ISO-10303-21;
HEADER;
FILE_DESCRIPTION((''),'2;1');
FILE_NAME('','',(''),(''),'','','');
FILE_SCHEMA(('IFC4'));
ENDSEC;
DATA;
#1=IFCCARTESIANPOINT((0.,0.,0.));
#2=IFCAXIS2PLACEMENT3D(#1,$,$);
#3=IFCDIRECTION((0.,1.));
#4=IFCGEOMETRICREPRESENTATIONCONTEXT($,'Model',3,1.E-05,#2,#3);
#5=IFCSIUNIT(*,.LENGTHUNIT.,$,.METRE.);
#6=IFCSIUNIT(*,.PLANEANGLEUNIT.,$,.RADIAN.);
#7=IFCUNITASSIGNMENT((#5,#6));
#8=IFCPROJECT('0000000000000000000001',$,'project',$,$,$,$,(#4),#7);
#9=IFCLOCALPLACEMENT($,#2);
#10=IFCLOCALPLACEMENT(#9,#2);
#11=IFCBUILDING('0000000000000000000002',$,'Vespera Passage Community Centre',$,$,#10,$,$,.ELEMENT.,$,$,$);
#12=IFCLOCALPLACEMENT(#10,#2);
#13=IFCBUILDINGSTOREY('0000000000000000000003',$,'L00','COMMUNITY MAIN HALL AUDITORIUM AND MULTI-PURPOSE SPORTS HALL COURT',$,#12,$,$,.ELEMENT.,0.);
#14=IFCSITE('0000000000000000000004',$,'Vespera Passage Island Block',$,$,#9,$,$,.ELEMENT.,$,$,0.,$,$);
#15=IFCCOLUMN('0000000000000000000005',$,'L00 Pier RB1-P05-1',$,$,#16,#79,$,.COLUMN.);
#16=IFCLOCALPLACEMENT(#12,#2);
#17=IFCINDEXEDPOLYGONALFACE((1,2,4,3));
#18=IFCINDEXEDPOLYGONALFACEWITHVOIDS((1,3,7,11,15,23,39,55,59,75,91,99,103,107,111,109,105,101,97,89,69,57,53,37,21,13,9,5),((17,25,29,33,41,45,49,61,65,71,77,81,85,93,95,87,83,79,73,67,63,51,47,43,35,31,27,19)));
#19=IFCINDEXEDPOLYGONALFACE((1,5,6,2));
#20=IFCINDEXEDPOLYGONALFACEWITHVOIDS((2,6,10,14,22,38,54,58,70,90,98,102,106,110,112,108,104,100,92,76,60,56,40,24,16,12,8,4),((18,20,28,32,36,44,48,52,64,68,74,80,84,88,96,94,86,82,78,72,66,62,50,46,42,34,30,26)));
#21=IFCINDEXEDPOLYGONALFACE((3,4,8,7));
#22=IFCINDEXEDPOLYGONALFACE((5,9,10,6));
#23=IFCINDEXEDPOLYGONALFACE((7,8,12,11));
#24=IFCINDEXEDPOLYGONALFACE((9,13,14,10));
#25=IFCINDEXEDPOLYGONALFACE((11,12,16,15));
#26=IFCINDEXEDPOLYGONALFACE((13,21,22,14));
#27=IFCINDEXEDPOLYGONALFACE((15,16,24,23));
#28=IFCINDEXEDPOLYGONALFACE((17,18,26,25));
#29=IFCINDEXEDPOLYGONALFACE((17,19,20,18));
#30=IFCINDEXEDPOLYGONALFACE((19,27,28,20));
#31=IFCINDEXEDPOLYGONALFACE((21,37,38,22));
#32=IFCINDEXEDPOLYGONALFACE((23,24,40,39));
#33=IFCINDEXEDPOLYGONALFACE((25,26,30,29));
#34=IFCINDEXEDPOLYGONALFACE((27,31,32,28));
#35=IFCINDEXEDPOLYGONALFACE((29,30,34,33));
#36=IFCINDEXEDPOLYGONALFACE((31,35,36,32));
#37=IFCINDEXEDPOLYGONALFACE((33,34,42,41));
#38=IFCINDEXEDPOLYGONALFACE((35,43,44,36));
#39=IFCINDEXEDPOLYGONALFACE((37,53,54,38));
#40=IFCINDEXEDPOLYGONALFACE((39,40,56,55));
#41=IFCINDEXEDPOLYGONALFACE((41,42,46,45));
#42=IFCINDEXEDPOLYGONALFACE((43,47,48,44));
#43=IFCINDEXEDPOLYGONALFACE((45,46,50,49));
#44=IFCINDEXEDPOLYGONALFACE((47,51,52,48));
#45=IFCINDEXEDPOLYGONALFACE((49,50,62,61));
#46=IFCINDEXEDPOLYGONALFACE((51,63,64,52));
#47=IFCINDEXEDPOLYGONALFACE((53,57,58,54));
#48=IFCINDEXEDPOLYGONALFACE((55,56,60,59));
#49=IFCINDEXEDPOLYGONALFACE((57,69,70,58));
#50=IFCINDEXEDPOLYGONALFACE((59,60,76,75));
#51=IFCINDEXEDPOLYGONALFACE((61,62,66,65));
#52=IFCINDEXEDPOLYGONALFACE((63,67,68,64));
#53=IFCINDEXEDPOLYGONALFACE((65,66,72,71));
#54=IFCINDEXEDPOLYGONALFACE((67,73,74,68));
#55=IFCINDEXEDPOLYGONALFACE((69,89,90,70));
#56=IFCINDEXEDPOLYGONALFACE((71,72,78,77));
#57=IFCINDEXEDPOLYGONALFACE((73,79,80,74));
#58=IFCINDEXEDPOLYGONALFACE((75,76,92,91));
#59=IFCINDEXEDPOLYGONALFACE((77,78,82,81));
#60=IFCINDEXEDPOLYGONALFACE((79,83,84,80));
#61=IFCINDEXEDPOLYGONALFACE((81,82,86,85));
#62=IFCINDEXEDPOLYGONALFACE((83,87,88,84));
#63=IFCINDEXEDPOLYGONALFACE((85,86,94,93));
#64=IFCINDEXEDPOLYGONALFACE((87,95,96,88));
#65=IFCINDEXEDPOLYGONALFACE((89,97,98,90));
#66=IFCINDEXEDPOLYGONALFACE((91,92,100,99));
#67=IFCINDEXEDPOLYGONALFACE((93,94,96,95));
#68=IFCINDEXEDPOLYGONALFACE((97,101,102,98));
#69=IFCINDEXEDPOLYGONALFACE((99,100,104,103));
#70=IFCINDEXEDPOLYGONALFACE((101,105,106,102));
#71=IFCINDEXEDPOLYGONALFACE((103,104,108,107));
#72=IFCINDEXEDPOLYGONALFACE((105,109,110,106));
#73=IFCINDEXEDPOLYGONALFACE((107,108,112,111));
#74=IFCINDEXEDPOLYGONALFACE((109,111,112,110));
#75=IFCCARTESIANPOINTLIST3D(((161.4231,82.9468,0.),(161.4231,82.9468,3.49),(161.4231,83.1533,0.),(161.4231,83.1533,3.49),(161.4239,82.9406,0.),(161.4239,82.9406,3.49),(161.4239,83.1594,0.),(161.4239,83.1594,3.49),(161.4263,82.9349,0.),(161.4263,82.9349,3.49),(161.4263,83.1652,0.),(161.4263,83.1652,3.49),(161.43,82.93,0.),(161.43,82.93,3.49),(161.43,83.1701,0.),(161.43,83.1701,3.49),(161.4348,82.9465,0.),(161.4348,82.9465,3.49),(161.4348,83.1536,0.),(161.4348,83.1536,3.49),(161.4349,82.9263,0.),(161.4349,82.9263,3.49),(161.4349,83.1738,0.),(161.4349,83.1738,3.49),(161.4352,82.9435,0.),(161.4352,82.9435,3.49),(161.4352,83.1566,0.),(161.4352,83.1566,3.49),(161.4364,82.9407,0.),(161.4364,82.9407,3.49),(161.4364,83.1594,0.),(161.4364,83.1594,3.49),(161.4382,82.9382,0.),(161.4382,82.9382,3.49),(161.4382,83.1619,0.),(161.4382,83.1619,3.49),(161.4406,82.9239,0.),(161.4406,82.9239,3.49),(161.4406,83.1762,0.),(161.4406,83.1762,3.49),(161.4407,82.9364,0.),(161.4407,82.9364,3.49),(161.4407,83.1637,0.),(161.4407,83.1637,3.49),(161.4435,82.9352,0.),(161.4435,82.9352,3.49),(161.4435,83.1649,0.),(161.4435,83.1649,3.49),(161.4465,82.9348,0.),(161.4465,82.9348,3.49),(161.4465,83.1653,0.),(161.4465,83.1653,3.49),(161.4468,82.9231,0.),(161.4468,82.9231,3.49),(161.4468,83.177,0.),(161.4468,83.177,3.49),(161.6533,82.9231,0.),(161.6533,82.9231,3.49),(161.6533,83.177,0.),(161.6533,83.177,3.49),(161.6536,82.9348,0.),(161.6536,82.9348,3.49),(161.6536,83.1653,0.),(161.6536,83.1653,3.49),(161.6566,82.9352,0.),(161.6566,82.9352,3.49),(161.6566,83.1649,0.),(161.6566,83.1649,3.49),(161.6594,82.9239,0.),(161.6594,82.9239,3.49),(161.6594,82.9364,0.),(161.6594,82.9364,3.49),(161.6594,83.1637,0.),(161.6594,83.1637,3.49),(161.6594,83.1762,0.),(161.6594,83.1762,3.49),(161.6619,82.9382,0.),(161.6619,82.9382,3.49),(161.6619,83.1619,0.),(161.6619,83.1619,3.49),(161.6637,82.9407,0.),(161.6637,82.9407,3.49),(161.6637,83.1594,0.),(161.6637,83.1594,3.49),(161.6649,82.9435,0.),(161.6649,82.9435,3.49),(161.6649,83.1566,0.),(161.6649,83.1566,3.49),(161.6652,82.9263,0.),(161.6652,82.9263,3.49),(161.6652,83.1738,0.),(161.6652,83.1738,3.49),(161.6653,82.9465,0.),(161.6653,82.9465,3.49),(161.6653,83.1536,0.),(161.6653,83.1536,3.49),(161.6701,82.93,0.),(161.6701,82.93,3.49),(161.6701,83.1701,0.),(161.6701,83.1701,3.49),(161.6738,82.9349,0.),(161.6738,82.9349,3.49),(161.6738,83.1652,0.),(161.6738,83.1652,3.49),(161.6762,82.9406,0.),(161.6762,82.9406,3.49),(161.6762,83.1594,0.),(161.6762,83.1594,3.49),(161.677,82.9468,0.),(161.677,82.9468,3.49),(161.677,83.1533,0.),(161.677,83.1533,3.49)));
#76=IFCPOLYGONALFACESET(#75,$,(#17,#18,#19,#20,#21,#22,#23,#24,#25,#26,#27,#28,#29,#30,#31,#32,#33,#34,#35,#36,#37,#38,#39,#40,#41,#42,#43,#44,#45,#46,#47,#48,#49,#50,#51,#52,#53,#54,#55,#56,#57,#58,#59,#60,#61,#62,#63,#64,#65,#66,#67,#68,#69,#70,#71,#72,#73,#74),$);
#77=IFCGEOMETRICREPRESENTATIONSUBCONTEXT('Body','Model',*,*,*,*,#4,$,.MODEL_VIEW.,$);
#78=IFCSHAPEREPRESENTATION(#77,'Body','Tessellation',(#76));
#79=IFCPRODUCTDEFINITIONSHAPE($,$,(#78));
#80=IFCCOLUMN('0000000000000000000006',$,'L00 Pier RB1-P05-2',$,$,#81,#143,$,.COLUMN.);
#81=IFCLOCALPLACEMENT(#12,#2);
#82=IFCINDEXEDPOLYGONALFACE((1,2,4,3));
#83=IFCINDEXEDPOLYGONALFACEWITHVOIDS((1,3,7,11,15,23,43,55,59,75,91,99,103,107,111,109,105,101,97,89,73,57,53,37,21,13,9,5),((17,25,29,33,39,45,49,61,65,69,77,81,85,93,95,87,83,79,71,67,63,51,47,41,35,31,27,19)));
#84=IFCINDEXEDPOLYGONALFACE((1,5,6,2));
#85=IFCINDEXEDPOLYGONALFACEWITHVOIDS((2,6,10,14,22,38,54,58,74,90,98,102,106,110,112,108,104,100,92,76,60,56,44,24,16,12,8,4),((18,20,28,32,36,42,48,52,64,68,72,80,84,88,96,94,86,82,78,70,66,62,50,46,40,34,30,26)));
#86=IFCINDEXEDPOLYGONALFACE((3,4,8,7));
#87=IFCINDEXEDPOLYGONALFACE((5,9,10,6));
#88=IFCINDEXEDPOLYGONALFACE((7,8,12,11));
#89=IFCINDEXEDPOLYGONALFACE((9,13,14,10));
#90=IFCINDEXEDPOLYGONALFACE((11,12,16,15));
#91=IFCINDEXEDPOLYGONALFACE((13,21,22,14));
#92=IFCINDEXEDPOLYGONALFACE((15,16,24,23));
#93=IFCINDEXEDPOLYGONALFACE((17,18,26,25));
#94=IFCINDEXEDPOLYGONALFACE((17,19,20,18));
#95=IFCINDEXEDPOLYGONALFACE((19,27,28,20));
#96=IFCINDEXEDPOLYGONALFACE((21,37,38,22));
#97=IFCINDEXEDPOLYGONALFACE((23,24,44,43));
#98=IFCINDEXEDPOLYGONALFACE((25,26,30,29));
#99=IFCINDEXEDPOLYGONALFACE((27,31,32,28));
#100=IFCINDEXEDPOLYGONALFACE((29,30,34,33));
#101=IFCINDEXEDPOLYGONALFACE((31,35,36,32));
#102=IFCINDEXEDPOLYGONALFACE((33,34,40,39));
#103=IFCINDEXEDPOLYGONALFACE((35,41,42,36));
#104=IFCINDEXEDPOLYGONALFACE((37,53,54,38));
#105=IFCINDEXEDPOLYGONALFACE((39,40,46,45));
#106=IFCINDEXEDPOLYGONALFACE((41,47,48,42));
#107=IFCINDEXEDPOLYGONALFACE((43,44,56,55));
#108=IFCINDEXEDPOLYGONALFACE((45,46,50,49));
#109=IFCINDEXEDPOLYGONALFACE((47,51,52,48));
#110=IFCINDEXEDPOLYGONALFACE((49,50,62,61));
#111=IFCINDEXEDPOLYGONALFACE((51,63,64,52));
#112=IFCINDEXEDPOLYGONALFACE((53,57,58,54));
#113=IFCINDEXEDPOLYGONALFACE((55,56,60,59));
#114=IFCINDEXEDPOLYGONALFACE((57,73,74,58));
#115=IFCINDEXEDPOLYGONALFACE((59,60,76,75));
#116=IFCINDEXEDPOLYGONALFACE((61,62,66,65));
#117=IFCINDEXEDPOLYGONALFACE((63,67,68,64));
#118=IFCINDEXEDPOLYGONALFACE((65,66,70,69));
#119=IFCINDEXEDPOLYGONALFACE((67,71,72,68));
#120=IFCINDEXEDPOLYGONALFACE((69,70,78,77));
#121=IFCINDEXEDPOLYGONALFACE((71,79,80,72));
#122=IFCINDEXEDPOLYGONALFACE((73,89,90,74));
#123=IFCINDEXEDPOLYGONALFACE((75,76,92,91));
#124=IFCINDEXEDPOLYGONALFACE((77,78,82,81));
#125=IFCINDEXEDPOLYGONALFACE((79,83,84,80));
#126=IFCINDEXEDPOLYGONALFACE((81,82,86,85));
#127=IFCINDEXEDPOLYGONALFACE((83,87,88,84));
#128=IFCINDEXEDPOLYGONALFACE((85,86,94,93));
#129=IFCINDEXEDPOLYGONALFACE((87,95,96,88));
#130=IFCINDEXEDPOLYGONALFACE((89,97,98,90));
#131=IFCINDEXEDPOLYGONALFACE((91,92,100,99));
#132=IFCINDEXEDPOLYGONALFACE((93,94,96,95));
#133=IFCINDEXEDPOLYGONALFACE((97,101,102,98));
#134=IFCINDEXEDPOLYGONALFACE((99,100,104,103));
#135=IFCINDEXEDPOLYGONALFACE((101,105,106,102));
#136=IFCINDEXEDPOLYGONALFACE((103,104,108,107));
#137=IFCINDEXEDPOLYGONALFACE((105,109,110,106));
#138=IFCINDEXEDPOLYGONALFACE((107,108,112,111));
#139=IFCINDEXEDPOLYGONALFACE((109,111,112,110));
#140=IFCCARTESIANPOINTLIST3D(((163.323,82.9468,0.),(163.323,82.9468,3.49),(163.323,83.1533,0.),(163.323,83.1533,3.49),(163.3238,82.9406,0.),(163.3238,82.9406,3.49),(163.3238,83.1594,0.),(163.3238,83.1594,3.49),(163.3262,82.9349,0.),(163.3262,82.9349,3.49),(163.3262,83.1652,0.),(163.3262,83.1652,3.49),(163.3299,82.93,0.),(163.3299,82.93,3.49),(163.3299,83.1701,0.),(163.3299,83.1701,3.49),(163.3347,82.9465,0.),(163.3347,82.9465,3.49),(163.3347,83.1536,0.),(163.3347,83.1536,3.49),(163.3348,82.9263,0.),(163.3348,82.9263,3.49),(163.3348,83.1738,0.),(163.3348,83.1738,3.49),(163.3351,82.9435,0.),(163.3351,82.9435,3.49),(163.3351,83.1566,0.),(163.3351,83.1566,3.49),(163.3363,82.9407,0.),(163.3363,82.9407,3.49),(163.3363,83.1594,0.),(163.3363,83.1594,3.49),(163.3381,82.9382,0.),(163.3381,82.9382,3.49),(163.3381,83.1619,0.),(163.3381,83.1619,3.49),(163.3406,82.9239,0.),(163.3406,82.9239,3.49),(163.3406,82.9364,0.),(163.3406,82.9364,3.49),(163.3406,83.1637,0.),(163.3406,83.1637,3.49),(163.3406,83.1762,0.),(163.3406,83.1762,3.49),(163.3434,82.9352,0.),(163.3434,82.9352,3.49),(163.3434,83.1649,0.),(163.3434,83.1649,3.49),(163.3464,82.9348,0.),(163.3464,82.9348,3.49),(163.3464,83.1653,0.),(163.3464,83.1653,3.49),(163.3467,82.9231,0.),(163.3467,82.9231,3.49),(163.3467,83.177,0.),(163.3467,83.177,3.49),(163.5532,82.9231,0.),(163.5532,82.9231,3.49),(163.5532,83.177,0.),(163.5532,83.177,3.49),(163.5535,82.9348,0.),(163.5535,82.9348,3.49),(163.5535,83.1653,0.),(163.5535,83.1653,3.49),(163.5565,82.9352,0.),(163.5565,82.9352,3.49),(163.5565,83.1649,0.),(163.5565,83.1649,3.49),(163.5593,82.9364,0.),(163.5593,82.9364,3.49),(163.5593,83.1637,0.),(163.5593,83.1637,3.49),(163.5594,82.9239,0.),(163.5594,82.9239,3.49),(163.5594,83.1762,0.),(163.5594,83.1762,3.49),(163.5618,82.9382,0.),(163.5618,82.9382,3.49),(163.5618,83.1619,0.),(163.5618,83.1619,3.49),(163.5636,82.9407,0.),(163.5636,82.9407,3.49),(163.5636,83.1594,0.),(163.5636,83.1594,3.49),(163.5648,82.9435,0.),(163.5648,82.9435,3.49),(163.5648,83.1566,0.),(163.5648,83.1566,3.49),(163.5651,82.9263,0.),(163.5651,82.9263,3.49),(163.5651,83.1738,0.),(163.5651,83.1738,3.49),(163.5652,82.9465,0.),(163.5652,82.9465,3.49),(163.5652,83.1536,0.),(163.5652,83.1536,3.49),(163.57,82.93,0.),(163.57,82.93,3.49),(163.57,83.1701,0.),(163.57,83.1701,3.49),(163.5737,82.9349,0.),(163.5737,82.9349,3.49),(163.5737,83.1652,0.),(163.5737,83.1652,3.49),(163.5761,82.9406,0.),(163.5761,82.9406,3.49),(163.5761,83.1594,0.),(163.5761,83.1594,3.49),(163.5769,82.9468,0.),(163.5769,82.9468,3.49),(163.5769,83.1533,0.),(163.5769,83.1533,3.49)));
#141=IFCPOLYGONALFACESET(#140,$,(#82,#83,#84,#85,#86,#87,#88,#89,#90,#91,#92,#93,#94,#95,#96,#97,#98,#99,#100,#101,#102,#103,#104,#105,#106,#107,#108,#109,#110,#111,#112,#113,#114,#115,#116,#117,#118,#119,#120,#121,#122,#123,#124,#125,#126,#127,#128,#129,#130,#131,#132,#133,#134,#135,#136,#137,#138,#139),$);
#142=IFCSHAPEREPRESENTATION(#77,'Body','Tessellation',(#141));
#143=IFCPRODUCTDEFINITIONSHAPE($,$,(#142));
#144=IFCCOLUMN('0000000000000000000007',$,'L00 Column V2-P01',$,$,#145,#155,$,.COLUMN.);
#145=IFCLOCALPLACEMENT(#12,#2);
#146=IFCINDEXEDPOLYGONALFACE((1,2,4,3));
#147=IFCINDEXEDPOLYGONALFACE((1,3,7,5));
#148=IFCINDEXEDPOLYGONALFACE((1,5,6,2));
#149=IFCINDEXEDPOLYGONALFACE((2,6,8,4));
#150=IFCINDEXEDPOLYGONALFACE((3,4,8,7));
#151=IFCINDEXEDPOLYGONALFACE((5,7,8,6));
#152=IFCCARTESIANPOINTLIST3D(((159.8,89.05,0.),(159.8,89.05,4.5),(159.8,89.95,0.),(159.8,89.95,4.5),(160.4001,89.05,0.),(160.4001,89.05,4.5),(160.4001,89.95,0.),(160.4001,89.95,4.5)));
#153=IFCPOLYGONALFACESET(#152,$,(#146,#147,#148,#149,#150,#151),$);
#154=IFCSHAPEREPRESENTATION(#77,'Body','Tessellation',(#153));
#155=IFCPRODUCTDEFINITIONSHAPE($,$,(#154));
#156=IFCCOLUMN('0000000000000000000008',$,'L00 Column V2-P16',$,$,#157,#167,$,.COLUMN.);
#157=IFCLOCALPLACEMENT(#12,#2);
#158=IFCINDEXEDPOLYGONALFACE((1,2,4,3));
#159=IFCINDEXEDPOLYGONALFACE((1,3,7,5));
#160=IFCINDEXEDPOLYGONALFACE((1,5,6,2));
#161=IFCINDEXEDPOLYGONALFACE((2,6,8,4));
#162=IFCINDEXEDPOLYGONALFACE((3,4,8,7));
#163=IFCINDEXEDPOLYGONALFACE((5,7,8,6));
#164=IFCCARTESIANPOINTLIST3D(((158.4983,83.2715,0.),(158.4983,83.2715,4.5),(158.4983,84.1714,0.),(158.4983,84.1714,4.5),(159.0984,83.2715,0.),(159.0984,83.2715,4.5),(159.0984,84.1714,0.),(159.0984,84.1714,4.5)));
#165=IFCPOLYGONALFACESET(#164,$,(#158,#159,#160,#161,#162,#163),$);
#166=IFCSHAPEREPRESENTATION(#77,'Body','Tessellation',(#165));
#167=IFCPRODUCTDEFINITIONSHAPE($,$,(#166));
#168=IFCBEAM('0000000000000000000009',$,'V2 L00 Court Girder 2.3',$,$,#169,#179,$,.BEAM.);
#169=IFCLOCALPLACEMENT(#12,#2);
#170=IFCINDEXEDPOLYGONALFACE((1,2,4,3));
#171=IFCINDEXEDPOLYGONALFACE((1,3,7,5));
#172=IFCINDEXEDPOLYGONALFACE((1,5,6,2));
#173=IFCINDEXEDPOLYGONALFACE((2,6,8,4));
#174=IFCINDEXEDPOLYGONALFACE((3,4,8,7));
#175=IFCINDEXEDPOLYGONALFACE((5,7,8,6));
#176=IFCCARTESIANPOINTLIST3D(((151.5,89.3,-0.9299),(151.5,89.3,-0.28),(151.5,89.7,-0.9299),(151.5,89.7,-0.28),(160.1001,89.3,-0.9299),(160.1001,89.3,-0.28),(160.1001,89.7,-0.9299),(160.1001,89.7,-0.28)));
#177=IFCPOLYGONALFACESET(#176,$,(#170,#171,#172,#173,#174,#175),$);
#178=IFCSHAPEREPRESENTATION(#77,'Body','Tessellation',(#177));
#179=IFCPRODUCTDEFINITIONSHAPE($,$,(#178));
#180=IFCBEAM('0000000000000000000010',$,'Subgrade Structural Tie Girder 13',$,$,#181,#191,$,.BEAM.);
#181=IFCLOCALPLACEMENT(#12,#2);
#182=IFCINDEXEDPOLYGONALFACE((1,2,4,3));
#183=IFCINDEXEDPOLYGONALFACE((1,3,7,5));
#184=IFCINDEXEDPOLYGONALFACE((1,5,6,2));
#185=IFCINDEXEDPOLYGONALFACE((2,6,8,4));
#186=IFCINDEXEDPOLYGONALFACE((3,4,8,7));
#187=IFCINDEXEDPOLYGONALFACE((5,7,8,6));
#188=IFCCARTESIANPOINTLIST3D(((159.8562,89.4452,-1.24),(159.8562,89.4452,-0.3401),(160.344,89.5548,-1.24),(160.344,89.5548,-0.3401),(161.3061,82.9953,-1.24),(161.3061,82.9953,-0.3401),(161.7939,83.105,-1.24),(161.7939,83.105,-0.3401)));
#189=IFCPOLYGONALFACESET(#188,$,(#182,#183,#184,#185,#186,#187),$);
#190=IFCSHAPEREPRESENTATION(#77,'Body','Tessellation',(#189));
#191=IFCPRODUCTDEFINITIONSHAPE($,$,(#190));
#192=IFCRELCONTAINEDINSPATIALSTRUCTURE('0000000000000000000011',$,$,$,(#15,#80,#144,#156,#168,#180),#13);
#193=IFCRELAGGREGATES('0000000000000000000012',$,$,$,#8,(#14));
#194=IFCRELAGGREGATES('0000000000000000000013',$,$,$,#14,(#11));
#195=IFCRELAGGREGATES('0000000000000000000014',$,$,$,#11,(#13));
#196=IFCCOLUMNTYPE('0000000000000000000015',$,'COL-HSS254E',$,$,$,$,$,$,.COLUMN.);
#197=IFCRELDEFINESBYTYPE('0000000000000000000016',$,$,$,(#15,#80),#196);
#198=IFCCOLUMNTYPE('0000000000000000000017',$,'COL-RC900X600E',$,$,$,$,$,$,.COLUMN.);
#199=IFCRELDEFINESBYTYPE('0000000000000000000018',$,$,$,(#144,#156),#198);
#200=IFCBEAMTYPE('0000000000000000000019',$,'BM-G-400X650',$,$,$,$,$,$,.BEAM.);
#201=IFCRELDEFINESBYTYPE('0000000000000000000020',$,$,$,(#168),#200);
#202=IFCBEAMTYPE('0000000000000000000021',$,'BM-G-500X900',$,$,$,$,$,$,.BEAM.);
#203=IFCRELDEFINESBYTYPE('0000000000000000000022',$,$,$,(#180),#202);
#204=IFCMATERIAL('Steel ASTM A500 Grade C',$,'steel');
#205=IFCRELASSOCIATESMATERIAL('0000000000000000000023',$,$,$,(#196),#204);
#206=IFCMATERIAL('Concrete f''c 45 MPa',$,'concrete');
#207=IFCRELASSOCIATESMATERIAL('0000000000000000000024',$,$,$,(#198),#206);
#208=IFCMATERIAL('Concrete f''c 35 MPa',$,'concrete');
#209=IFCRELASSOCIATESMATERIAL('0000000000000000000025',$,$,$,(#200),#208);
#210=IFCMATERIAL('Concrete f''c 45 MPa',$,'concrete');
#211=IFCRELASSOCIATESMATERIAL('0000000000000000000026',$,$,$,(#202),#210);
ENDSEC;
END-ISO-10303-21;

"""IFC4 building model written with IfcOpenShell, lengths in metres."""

from ifc_helpers import new_model, si_unit, direction, frame, origin, origin_2d, place, context, subcontext, project, spatial, rectangle, hollow_rectangle, extrude, material, material_profile, profile_set, type_object, element, save


model = new_model("IFC4")

# Units and contexts
model_context = context("Model", 3, precision=1e-05, world=origin(), true_north=direction((0.0, 1.0)))
body_context = subcontext(model_context, "Body", "Model", "MODEL_VIEW")
ifc_project = project(units=[si_unit("LENGTHUNIT", "METRE"), si_unit("PLANEANGLEUNIT", "RADIAN")], contexts=[model_context])

# Site, building, storey
site_placement = place(None, origin())
site = spatial("IfcSite", under=ifc_project, at=site_placement, Name="Vespera Passage Island Block", CompositionType="ELEMENT", RefElevation=0.0)
building_placement = place(site_placement, origin())
building = spatial("IfcBuilding", under=site, at=building_placement, Name="Vespera Passage Community Centre", CompositionType="ELEMENT")
storey_placement = place(building_placement, origin())
storey = spatial("IfcBuildingStorey", under=building, at=storey_placement, Name="L00", Description="COMMUNITY MAIN HALL AUDITORIUM AND MULTI-PURPOSE SPORTS HALL COURT", CompositionType="ELEMENT", Elevation=0.0)

# Columns
ifc_material_1 = material(Name="Steel ASTM A500 Grade C", Category="steel")
ifc_material_profile_1 = material_profile(ifc_material_1, hollow_rectangle(XDim=0.2539, YDim=0.2539, WallThickness=0.0117, InnerFilletRadius=0.0117, OuterFilletRadius=0.0237, at=origin_2d()), Name="HSS254X254X12.7")
ifc_profile_set_1 = profile_set([ifc_material_profile_1], Name="Steel ASTM A500 Grade C")
column_type_1 = type_object("IfcColumnType", Name="COL-HSS254E", PredefinedType="COLUMN", material=ifc_profile_set_1)
for number, where, z_axis, x_axis, name in (
    (1, (161.55, 83.05, 0.0), (0.0, 0.0, 1.0), (1.0, 0.0, 0.0), "L00 Pier RB1-P05-1"),
    (2, (163.45, 83.05, 0.0), (0.0, 0.0, 1.0), (1.0, 0.0, 0.0), "L00 Pier RB1-P05-2"),
):
    element("IfcColumn", number, at=place(storey_placement, frame(where, z_axis=z_axis, x_axis=x_axis)), inside=storey, type_object=column_type_1, Name=name, PredefinedType="COLUMN", context=body_context, shape_type="SweptSolid", body=[
        extrude(hollow_rectangle(XDim=0.2539, YDim=0.2539, WallThickness=0.0117, InnerFilletRadius=0.0117, OuterFilletRadius=0.0237, at=origin_2d()), origin(), (0.0, 0.0, 1.0), 3.49),
    ])
ifc_material_2 = material(Name="Concrete f'c 45 MPa", Category="concrete")
ifc_material_profile_2 = material_profile(ifc_material_2, rectangle(XDim=0.6001, YDim=0.8999, at=origin_2d()), Name="RC900X600")
ifc_profile_set_2 = profile_set([ifc_material_profile_2], Name="Concrete f'c 45 MPa")
column_type_2 = type_object("IfcColumnType", Name="COL-RC900X600E", PredefinedType="COLUMN", material=ifc_profile_set_2)
for number, where, z_axis, x_axis, name in (
    (3, (160.1001, 89.5, 0.0), (0.0, 0.0, 1.0), (1.0, 0.0, 0.0), "L00 Column V2-P01"),
    (4, (158.7983, 83.7214, 0.0), (0.0, 0.0, 1.0), (1.0, 0.0, 0.0), "L00 Column V2-P16"),
):
    element("IfcColumn", number, at=place(storey_placement, frame(where, z_axis=z_axis, x_axis=x_axis)), inside=storey, type_object=column_type_2, Name=name, PredefinedType="COLUMN", context=body_context, shape_type="SweptSolid", body=[
        extrude(rectangle(XDim=0.6001, YDim=0.8999, at=origin_2d()), origin(), (0.0, 0.0, 1.0), 4.5),
    ])

# Beams
ifc_material_3 = material(Name="Concrete f'c 35 MPa", Category="concrete")
ifc_material_profile_3 = material_profile(ifc_material_3, rectangle(XDim=0.3999, YDim=0.6499, at=origin_2d()), Name="RC400X650")
ifc_profile_set_3 = profile_set([ifc_material_profile_3], Name="Concrete f'c 35 MPa")
beam_type_1 = type_object("IfcBeamType", Name="BM-G-400X650", PredefinedType="BEAM", material=ifc_profile_set_3)
beam_1_placement = place(storey_placement, frame((151.5, 89.5, -0.605), z_axis=(1.0, 0.0, 0.0), x_axis=(0.0, 1.0, 0.0)))
element("IfcBeam", 5, at=beam_1_placement, inside=storey, type_object=beam_type_1, Name="V2 L00 Court Girder 2.3", PredefinedType="BEAM", context=body_context, shape_type="SweptSolid", body=[
    extrude(rectangle(XDim=0.3999, YDim=0.6499, at=origin_2d()), origin(), (0.0, 0.0, 1.0), 8.6001),
])
ifc_material_4 = material(Name="Concrete f'c 45 MPa", Category="concrete")
ifc_material_profile_4 = material_profile(ifc_material_4, rectangle(XDim=0.5, YDim=0.8999, at=origin_2d()), Name="RC500X900")
ifc_profile_set_4 = profile_set([ifc_material_profile_4], Name="Concrete f'c 45 MPa")
beam_type_2 = type_object("IfcBeamType", Name="BM-G-500X900", PredefinedType="BEAM", material=ifc_profile_set_4)
beam_2_placement = place(storey_placement, frame((160.1001, 89.5, -0.79), z_axis=(0.219327, -0.975651, 0.0), x_axis=(0.975651, 0.219327, 0.0)))
element("IfcBeam", 6, at=beam_2_placement, inside=storey, type_object=beam_type_2, Name="Subgrade Structural Tie Girder 13", PredefinedType="BEAM", context=body_context, shape_type="SweptSolid", body=[
    extrude(rectangle(XDim=0.5, YDim=0.8999, at=origin_2d()), origin(), (0.0, 0.0, 1.0), 6.6108),
])

save(model, "model.ifc")
